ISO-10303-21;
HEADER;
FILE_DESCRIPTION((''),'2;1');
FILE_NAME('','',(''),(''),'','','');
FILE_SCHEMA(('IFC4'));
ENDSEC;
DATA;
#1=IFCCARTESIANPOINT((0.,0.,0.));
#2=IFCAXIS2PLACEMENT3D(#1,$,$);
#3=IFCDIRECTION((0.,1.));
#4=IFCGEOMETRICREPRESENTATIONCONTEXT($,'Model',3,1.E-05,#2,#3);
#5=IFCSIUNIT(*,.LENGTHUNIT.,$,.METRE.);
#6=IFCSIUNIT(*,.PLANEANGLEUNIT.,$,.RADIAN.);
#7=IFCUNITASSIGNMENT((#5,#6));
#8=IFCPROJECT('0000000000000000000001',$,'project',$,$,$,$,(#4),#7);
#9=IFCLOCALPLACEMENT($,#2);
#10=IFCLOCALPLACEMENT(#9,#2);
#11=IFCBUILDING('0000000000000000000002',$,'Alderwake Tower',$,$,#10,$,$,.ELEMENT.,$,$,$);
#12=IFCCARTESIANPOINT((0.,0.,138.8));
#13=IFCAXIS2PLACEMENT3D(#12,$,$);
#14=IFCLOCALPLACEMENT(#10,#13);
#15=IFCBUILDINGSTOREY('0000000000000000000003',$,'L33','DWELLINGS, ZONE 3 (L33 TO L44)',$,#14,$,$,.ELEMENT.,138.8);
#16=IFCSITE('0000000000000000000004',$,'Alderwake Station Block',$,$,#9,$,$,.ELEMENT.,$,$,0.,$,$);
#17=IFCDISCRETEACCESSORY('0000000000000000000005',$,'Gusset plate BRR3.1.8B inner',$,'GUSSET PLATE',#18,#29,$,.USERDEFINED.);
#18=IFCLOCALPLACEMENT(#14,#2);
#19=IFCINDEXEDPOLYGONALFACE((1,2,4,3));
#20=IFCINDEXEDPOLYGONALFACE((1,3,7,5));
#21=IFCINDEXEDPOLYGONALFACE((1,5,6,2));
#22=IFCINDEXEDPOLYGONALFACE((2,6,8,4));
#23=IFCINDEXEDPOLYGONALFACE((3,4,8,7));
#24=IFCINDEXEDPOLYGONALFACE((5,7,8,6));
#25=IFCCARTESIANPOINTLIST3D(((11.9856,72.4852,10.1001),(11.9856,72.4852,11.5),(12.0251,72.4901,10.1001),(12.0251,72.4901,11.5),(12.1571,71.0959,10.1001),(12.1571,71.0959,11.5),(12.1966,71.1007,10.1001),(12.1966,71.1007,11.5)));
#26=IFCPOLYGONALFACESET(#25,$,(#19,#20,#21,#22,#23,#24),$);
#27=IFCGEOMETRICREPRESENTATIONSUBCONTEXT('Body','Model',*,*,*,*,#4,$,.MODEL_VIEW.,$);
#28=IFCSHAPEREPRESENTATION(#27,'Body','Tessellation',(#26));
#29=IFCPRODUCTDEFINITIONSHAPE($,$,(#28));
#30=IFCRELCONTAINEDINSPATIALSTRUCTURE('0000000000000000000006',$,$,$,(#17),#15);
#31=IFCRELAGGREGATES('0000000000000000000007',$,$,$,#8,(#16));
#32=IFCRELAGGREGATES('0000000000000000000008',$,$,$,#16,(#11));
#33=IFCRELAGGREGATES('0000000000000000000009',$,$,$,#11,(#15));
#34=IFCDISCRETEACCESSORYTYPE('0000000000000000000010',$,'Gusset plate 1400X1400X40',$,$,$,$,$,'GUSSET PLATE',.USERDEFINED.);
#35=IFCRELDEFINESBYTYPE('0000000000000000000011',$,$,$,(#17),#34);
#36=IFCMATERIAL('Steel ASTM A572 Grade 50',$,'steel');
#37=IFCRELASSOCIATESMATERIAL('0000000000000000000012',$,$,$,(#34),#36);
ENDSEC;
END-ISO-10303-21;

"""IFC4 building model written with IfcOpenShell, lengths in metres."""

from ifc_helpers import new_model, si_unit, direction, frame, origin, origin_2d, place, context, subcontext, project, spatial, rectangle, extrude, material, material_profile, profile_set, type_object, element, save


model = new_model("IFC4")

# Units and contexts
model_context = context("Model", 3, precision=1e-05, world=origin(), true_north=direction((0.0, 1.0)))
body_context = subcontext(model_context, "Body", "Model", "MODEL_VIEW")
ifc_project = project(units=[si_unit("LENGTHUNIT", "METRE"), si_unit("PLANEANGLEUNIT", "RADIAN")], contexts=[model_context])

# Site, building, storey
site_placement = place(None, origin())
site = spatial("IfcSite", under=ifc_project, at=site_placement, Name="Alderwake Station Block", CompositionType="ELEMENT", RefElevation=0.0)
building_placement = place(site_placement, origin())
building = spatial("IfcBuilding", under=site, at=building_placement, Name="Alderwake Tower", CompositionType="ELEMENT")
storey_placement = place(building_placement, frame((0.0, 0.0, 138.8)))
storey = spatial("IfcBuildingStorey", under=building, at=storey_placement, Name="L33", Description="DWELLINGS, ZONE 3 (L33 TO L44)", CompositionType="ELEMENT", Elevation=138.8)

# Discrete accessory
ifc_material_1 = material(Name="Steel ASTM A572 Grade 50", Category="steel")
ifc_material_profile_1 = material_profile(ifc_material_1, rectangle(XDim=1.3999, YDim=1.3999, at=origin_2d()), Name="gusset 1400X1400")
ifc_profile_set_1 = profile_set([ifc_material_profile_1], Name="Steel ASTM A572 Grade 50")
discrete_accessory_type = type_object("IfcDiscreteAccessoryType", Name="Gusset plate 1400X1400X40", ElementType="GUSSET PLATE", PredefinedType="USERDEFINED", material=ifc_profile_set_1)
for number, where, z_axis, x_axis, name in (
    (1, (12.1108, 71.7954, 10.8), (-0.992465, -0.122527, 0.0), (0.122527, -0.992465, 0.0), "Gusset plate BRR3.1.8B inner"),
):
    element("IfcDiscreteAccessory", number, at=place(storey_placement, frame(where, z_axis=z_axis, x_axis=x_axis)), inside=storey, type_object=discrete_accessory_type, Name=name, ObjectType="GUSSET PLATE", PredefinedType="USERDEFINED", context=body_context, shape_type="SweptSolid", body=[
        extrude(rectangle(XDim=1.3999, YDim=1.3999, at=origin_2d()), origin(), (0.0, 0.0, 1.0), 0.0398),
    ])

save(model, "model.ifc")
